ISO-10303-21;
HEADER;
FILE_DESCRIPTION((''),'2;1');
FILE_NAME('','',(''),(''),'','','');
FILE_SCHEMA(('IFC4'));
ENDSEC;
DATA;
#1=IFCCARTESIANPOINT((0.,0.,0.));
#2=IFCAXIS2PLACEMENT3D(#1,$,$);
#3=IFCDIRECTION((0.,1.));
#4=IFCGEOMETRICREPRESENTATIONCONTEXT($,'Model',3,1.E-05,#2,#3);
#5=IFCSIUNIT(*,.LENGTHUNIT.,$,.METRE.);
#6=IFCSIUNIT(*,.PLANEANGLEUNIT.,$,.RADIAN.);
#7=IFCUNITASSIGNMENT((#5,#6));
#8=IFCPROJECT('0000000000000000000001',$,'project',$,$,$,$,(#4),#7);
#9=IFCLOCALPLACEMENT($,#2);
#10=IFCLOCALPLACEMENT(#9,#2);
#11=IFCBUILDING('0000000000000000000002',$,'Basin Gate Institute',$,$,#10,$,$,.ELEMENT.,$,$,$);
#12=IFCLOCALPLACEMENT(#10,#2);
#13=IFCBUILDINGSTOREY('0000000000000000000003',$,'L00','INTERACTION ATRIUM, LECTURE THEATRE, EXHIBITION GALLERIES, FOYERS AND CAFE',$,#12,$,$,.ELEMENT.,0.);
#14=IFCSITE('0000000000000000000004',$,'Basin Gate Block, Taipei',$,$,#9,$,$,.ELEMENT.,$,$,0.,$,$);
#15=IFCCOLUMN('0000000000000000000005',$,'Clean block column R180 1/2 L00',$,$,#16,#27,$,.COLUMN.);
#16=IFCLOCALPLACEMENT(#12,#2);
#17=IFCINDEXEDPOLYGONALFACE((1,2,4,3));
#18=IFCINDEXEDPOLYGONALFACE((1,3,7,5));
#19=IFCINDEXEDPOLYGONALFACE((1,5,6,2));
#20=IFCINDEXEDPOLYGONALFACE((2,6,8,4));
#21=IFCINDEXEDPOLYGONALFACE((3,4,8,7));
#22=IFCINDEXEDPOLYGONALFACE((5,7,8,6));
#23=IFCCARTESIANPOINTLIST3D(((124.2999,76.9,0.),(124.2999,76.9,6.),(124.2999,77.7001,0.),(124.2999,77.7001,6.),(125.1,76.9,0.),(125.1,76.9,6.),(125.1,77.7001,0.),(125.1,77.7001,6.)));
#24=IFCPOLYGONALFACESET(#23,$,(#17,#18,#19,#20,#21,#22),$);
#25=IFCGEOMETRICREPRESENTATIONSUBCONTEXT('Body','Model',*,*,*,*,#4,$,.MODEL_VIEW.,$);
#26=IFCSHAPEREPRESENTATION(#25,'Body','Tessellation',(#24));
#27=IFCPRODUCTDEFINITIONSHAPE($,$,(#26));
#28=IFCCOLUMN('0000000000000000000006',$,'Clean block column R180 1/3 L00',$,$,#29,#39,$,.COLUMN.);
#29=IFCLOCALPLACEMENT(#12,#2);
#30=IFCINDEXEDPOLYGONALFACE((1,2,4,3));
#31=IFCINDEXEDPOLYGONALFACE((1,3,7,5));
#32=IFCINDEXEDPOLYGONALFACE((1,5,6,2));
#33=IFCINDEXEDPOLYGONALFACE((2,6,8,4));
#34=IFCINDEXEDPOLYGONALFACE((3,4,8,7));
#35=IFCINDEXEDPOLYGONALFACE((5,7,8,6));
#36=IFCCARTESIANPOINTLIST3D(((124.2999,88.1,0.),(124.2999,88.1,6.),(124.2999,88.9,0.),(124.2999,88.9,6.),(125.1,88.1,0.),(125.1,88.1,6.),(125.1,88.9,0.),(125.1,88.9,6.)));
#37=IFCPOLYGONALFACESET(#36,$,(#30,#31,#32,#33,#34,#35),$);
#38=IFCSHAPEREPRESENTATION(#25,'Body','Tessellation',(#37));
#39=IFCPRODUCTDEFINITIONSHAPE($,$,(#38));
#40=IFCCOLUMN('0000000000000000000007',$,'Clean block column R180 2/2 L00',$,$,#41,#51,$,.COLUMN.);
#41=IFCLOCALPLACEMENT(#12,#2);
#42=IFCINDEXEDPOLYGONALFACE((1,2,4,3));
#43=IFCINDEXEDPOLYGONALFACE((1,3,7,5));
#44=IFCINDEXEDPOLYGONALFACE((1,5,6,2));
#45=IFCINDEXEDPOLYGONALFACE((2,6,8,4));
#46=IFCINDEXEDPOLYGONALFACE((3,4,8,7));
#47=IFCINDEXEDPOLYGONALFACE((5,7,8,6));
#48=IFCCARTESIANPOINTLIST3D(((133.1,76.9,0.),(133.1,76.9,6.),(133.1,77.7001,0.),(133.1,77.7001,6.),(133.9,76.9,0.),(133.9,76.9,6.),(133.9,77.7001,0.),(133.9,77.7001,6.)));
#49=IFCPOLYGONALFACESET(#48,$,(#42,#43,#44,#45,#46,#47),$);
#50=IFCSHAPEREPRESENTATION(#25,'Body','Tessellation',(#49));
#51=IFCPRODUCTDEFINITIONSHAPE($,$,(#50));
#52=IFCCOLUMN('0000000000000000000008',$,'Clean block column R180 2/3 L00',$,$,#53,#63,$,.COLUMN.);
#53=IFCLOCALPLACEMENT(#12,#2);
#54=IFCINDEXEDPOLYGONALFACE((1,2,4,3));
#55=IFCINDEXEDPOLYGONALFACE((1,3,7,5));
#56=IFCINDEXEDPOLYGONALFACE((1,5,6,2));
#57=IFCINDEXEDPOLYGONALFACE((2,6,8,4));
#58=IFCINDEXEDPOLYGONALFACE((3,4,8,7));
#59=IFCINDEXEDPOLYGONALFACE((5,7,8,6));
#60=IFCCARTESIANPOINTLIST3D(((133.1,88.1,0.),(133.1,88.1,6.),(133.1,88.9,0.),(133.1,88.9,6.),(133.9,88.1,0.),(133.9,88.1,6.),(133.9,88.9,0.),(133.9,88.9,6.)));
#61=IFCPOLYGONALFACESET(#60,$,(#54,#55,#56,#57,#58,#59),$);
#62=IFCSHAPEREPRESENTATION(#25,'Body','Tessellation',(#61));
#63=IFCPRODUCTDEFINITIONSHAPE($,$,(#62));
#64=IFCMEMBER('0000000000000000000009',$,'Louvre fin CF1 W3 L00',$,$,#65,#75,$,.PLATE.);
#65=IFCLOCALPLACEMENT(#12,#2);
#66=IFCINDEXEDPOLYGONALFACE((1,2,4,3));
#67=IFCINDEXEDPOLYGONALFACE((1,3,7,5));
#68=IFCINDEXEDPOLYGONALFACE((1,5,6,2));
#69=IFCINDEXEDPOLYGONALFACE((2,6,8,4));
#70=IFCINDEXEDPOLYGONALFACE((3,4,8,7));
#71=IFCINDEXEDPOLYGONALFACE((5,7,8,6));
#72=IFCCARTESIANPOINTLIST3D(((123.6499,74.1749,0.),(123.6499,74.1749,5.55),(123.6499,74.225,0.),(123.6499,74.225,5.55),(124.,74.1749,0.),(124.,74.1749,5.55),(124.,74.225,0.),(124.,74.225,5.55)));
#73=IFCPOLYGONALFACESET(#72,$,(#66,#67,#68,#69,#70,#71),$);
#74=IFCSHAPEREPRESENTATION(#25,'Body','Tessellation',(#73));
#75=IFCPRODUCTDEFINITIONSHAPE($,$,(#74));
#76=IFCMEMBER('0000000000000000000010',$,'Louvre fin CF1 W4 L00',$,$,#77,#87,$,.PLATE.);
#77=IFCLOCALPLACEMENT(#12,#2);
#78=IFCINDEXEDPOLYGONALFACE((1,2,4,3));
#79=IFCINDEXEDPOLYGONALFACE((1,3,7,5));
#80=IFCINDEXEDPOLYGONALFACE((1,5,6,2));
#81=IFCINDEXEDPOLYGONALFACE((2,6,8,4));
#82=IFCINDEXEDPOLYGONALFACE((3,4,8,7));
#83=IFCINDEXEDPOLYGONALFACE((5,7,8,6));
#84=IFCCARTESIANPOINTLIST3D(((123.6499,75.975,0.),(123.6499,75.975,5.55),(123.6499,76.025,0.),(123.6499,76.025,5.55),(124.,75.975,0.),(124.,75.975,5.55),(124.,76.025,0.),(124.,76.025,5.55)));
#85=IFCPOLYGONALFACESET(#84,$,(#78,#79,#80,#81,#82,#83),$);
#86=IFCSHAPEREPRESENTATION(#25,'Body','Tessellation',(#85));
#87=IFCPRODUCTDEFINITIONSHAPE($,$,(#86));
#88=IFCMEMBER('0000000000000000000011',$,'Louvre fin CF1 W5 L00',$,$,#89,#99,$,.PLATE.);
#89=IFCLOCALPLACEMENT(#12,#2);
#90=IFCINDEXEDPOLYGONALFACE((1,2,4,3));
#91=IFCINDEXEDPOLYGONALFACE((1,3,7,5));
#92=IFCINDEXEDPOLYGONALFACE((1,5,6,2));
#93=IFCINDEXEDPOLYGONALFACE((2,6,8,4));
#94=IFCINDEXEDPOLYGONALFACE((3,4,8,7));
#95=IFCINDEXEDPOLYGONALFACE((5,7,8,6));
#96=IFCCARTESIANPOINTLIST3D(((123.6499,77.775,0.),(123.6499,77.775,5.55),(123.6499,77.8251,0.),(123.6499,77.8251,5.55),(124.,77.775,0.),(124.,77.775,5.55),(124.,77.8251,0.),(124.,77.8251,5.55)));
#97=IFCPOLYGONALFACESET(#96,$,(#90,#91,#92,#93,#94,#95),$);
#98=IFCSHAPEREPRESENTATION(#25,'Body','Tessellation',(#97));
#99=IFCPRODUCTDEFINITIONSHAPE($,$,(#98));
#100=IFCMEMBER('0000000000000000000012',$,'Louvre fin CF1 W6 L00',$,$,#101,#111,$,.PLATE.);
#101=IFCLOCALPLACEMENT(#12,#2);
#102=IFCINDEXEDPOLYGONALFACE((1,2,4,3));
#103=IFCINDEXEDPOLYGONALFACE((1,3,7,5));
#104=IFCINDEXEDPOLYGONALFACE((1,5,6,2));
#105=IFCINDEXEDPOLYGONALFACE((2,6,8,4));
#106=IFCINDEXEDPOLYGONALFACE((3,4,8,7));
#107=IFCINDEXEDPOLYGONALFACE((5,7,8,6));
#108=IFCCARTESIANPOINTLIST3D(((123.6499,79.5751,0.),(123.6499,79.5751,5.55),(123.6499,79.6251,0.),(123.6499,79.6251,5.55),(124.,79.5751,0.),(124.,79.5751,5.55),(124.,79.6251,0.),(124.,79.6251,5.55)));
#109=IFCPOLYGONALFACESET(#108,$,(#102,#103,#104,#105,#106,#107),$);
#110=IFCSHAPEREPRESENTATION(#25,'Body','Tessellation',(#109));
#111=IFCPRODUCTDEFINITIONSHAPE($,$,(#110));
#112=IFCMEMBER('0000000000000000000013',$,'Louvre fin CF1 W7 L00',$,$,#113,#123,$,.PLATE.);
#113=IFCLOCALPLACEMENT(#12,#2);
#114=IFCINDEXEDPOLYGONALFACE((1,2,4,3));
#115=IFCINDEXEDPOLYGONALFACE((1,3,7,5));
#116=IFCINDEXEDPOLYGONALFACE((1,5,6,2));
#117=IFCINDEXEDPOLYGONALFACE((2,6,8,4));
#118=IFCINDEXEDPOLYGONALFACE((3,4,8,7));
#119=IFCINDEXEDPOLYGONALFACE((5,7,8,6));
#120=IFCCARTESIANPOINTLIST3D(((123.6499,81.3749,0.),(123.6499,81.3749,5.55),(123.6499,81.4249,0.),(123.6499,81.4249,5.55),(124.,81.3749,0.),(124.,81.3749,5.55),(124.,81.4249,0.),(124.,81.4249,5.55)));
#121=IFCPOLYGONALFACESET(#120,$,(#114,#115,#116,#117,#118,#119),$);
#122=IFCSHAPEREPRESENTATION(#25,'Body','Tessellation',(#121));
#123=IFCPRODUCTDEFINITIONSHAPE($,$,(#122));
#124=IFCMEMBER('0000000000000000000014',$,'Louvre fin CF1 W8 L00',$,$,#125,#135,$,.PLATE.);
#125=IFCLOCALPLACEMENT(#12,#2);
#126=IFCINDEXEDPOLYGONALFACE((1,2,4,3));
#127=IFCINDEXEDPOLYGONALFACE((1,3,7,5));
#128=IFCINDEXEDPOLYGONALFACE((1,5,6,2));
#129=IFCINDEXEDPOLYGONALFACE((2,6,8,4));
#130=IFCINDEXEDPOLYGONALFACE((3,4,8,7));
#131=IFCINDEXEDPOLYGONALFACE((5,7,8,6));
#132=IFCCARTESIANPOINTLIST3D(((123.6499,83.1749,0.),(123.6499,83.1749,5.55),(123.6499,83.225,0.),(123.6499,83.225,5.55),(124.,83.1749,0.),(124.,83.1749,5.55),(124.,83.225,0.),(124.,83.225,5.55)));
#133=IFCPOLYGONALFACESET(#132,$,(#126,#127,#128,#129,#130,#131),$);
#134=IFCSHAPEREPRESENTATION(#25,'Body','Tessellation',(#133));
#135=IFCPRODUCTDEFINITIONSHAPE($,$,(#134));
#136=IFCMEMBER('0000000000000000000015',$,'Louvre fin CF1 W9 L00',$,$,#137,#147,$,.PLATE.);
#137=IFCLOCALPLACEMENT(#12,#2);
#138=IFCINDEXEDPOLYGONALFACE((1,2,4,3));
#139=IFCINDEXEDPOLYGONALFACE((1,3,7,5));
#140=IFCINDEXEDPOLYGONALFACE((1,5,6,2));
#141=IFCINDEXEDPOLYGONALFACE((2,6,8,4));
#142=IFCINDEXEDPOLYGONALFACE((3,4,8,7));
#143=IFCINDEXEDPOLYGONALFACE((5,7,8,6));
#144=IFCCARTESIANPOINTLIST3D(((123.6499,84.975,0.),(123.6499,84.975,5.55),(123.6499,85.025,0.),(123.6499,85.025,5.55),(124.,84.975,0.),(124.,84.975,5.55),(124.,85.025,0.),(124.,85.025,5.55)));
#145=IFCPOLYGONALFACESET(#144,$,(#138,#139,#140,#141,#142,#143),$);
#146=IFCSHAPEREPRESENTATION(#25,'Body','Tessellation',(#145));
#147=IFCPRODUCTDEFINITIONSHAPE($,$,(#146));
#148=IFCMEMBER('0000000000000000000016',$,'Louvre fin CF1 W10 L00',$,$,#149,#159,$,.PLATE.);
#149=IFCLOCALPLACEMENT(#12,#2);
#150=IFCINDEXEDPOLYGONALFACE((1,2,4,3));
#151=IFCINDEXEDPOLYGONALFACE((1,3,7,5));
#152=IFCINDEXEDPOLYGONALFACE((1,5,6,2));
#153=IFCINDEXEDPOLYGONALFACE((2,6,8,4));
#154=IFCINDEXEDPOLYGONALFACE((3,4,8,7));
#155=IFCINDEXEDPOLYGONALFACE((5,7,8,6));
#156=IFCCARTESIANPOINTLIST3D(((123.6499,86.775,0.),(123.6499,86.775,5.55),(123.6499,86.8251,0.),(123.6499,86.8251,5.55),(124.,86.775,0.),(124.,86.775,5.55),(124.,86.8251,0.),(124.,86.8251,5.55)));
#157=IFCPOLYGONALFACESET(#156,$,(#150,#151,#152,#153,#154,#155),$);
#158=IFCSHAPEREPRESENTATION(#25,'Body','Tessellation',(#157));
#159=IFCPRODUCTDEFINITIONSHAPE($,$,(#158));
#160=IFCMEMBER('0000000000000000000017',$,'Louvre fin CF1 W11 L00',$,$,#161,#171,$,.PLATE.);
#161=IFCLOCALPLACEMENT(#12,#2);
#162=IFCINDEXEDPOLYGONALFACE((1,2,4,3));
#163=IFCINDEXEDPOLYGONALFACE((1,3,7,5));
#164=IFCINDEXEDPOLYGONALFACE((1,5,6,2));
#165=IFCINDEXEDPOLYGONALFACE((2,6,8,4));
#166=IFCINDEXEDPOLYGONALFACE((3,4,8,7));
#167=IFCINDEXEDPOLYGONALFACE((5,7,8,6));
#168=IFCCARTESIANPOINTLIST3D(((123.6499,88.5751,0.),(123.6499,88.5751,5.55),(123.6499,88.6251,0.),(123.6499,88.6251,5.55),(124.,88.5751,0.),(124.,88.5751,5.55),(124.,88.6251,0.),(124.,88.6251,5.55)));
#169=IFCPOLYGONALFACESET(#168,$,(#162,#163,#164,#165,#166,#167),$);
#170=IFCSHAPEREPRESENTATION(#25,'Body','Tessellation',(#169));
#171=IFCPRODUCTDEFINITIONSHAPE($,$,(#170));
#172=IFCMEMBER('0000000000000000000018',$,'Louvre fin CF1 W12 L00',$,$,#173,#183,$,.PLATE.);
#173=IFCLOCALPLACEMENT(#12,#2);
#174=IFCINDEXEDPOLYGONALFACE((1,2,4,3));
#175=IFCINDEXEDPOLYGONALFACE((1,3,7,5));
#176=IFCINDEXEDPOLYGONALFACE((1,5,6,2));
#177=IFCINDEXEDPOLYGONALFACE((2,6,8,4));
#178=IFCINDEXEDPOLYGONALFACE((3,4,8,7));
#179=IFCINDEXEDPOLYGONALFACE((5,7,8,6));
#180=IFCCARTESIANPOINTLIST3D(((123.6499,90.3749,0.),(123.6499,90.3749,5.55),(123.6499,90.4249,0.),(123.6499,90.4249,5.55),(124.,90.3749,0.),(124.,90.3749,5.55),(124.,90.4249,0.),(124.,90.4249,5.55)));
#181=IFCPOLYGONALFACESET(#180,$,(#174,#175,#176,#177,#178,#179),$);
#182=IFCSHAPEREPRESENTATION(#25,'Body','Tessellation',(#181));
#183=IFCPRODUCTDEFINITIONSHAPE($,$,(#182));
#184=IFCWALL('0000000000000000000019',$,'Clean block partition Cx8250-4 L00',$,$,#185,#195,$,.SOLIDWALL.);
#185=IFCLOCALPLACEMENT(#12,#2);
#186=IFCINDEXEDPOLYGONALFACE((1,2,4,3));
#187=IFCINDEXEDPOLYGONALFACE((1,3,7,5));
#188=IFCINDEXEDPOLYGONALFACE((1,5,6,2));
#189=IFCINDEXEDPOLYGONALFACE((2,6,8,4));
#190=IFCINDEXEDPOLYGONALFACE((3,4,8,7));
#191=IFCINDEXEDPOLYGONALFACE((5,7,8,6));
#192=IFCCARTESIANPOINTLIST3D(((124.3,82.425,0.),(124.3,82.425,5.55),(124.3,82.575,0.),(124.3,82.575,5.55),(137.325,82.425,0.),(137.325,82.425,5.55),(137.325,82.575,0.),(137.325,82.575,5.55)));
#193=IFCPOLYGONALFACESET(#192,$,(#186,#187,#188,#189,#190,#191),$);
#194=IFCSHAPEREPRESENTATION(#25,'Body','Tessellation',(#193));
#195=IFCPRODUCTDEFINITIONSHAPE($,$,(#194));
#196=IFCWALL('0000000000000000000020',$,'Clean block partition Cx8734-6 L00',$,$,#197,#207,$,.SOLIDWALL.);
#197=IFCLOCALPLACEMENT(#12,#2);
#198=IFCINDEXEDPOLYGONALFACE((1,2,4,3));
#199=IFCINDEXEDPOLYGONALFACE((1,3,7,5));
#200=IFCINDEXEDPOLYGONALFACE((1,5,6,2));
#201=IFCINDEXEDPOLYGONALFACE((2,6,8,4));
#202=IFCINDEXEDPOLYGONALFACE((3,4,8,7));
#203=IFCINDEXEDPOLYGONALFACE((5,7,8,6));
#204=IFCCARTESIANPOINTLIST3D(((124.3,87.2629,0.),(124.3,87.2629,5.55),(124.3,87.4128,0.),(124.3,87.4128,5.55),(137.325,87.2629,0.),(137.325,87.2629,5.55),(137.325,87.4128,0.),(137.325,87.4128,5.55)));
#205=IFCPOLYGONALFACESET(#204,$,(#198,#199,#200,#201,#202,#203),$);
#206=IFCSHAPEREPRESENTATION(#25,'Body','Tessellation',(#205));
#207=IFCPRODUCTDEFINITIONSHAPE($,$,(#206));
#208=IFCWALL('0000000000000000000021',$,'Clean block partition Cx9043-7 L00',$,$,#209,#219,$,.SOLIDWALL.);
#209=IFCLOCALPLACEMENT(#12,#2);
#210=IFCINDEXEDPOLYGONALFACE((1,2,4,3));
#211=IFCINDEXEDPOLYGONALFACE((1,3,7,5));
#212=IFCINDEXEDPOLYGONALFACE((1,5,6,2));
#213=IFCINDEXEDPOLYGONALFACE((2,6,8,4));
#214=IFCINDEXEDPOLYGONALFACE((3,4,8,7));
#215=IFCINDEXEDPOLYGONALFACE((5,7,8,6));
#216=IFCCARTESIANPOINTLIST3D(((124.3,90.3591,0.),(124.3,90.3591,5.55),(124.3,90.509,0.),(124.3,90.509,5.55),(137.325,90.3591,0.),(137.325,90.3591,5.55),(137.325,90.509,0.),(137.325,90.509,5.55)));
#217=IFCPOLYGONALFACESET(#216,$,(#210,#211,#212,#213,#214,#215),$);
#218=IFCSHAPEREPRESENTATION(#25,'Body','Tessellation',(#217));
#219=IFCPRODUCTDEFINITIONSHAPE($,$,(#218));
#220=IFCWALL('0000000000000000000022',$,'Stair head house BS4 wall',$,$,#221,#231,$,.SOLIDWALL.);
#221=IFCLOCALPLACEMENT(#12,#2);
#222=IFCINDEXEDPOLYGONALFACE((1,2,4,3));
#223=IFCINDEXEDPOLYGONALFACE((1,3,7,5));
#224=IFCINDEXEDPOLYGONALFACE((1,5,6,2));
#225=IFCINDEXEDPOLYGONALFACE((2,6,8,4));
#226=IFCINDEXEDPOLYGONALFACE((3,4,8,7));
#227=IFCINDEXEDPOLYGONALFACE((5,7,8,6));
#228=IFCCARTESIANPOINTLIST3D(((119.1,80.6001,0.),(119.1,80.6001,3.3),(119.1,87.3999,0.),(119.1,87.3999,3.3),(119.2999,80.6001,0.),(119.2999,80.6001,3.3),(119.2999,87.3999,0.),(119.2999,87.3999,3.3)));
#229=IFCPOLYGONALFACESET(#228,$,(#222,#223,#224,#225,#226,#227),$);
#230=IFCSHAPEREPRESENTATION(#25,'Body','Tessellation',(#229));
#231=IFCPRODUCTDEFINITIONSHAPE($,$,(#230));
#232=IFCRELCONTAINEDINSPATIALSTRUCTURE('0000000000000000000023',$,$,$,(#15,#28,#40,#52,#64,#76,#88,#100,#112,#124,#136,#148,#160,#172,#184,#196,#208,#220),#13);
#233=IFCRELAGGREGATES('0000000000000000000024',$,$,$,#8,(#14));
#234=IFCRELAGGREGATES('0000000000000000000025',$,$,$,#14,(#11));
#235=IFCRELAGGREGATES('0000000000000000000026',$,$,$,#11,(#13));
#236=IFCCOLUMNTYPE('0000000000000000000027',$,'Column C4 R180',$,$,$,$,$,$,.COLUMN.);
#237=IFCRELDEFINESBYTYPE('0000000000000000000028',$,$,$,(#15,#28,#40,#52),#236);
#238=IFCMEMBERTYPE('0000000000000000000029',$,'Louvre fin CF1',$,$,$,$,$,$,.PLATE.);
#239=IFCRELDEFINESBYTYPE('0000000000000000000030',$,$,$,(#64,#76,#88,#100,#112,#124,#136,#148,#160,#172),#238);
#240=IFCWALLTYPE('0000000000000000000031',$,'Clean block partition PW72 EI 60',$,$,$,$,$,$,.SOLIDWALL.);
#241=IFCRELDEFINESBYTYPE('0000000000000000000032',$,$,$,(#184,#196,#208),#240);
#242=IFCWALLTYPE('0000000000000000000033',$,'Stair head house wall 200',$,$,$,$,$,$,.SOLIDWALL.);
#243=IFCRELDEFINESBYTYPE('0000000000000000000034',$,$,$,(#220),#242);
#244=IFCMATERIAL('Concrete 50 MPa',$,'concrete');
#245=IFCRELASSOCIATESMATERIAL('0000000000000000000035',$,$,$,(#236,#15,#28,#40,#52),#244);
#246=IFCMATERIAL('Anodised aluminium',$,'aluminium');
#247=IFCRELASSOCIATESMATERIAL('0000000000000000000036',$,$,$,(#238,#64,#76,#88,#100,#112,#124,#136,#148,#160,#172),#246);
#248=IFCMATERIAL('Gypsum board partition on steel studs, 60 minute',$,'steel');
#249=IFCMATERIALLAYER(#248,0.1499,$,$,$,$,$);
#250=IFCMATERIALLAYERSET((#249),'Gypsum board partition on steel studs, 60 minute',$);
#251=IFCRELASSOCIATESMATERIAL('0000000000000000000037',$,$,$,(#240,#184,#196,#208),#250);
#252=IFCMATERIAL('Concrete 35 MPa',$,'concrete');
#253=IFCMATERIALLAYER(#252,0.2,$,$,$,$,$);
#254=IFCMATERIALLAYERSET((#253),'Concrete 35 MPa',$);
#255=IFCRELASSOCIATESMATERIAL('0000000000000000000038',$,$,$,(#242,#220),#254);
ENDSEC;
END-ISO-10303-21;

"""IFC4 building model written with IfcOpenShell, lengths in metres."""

from ifc_helpers import new_model, si_unit, direction, frame, frame_2d, origin, origin_2d, place, context, subcontext, project, spatial, rectangle, extrude, material, layer, layer_set, material_profile, profile_set, type_object, element, save


model = new_model("IFC4")

# Units and contexts
model_context = context("Model", 3, precision=1e-05, world=origin(), true_north=direction((0.0, 1.0)))
body_context = subcontext(model_context, "Body", "Model", "MODEL_VIEW")
ifc_project = project(units=[si_unit("LENGTHUNIT", "METRE"), si_unit("PLANEANGLEUNIT", "RADIAN")], contexts=[model_context])

# Site, building, storey
site_placement = place(None, origin())
site = spatial("IfcSite", under=ifc_project, at=site_placement, Name="Basin Gate Block, Taipei", CompositionType="ELEMENT", RefElevation=0.0)
building_placement = place(site_placement, origin())
building = spatial("IfcBuilding", under=site, at=building_placement, Name="Basin Gate Institute", CompositionType="ELEMENT")
storey_placement = place(building_placement, origin())
storey = spatial("IfcBuildingStorey", under=building, at=storey_placement, Name="L00", Description="INTERACTION ATRIUM, LECTURE THEATRE, EXHIBITION GALLERIES, FOYERS AND CAFE", CompositionType="ELEMENT", Elevation=0.0)

# Columns
ifc_material_1 = material(Name="Concrete 50 MPa", Category="concrete")
ifc_material_profile_1 = material_profile(ifc_material_1, rectangle(XDim=0.8, YDim=0.8, at=origin_2d()), Name="Column C4 800 x 800")
ifc_profile_set_1 = profile_set([ifc_material_profile_1], Name="Concrete 50 MPa")
column_type = type_object("IfcColumnType", Name="Column C4 R180", PredefinedType="COLUMN", material=ifc_profile_set_1)
for number, where, z_axis, x_axis, name in (
    (1, (124.7, 77.3, 0.0), (0.0, 0.0, 1.0), (1.0, 0.0, 0.0), "Clean block column R180 1/2 L00"),
    (2, (124.7, 88.5, 0.0), (0.0, 0.0, 1.0), (1.0, 0.0, 0.0), "Clean block column R180 1/3 L00"),
    (3, (133.5, 77.3, 0.0), (0.0, 0.0, 1.0), (1.0, 0.0, 0.0), "Clean block column R180 2/2 L00"),
    (4, (133.5, 88.5, 0.0), (0.0, 0.0, 1.0), (1.0, 0.0, 0.0), "Clean block column R180 2/3 L00"),
):
    element("IfcColumn", number, at=place(storey_placement, frame(where, z_axis=z_axis, x_axis=x_axis)), inside=storey, type_object=column_type, material=ifc_profile_set_1, Name=name, PredefinedType="COLUMN", context=body_context, shape_type="SweptSolid", body=[
        extrude(rectangle(XDim=0.8, YDim=0.8, at=origin_2d()), origin(), (0.0, 0.0, 1.0), 6.0),
    ])

# Members
ifc_material_2 = material(Name="Anodised aluminium", Category="aluminium")
ifc_material_profile_2 = material_profile(ifc_material_2, rectangle(XDim=0.05, YDim=0.3501, at=origin_2d()), Name="Louvre fin CF1 50 x 350")
ifc_profile_set_2 = profile_set([ifc_material_profile_2], Name="Anodised aluminium")
member_type = type_object("IfcMemberType", Name="Louvre fin CF1", PredefinedType="PLATE", material=ifc_profile_set_2)
for number, where, z_axis, x_axis, name in (
    (5, (123.825, 74.2, 0.0), (0.0, 0.0, 1.0), (0.0, 1.0, 0.0), "Louvre fin CF1 W3 L00"),
    (6, (123.825, 76.0, 0.0), (0.0, 0.0, 1.0), (0.0, 1.0, 0.0), "Louvre fin CF1 W4 L00"),
    (7, (123.825, 77.8, 0.0), (0.0, 0.0, 1.0), (0.0, 1.0, 0.0), "Louvre fin CF1 W5 L00"),
    (8, (123.825, 79.6001, 0.0), (0.0, 0.0, 1.0), (0.0, 1.0, 0.0), "Louvre fin CF1 W6 L00"),
    (9, (123.825, 81.3999, 0.0), (0.0, 0.0, 1.0), (0.0, 1.0, 0.0), "Louvre fin CF1 W7 L00"),
    (10, (123.825, 83.2, 0.0), (0.0, 0.0, 1.0), (0.0, 1.0, 0.0), "Louvre fin CF1 W8 L00"),
    (11, (123.825, 85.0, 0.0), (0.0, 0.0, 1.0), (0.0, 1.0, 0.0), "Louvre fin CF1 W9 L00"),
    (12, (123.825, 86.8, 0.0), (0.0, 0.0, 1.0), (0.0, 1.0, 0.0), "Louvre fin CF1 W10 L00"),
    (13, (123.825, 88.6001, 0.0), (0.0, 0.0, 1.0), (0.0, 1.0, 0.0), "Louvre fin CF1 W11 L00"),
    (14, (123.825, 90.3999, 0.0), (0.0, 0.0, 1.0), (0.0, 1.0, 0.0), "Louvre fin CF1 W12 L00"),
):
    element("IfcMember", number, at=place(storey_placement, frame(where, z_axis=z_axis, x_axis=x_axis)), inside=storey, type_object=member_type, material=ifc_profile_set_2, Name=name, PredefinedType="PLATE", context=body_context, shape_type="SweptSolid", body=[
        extrude(rectangle(XDim=0.05, YDim=0.3501, at=origin_2d()), origin(), (0.0, 0.0, 1.0), 5.55),
    ])

# Walls
ifc_material_3 = material(Name="Gypsum board partition on steel studs, 60 minute", Category="steel")
ifc_layer_1 = layer(ifc_material_3, 0.1499)
ifc_layer_set_1 = layer_set([ifc_layer_1], Name="Gypsum board partition on steel studs, 60 minute")
wall_type_1 = type_object("IfcWallType", Name="Clean block partition PW72 EI 60", PredefinedType="SOLIDWALL", material=ifc_layer_set_1)
for number, where, z_axis, x_axis, name in (
    (15, (124.3, 82.5, 0.0), (0.0, 0.0, 1.0), (1.0, 0.0, 0.0), "Clean block partition Cx8250-4 L00"),
    (16, (124.3, 87.3379, 0.0), (0.0, 0.0, 1.0), (1.0, 0.0, 0.0), "Clean block partition Cx8734-6 L00"),
    (17, (124.3, 90.4341, 0.0), (0.0, 0.0, 1.0), (1.0, 0.0, 0.0), "Clean block partition Cx9043-7 L00"),
):
    element("IfcWall", number, at=place(storey_placement, frame(where, z_axis=z_axis, x_axis=x_axis)), inside=storey, type_object=wall_type_1, material=ifc_layer_set_1, Name=name, PredefinedType="SOLIDWALL", context=body_context, shape_type="SweptSolid", body=[
        extrude(rectangle(XDim=13.0249, YDim=0.1499, at=frame_2d((6.5125, 0.0))), origin(), (0.0, 0.0, 1.0), 5.55),
    ])
ifc_material_4 = material(Name="Concrete 35 MPa", Category="concrete")
ifc_layer_2 = layer(ifc_material_4, 0.2)
ifc_layer_set_2 = layer_set([ifc_layer_2], Name="Concrete 35 MPa")
wall_type_2 = type_object("IfcWallType", Name="Stair head house wall 200", PredefinedType="SOLIDWALL", material=ifc_layer_set_2)
for number, where, z_axis, x_axis, name in (
    (18, (119.2, 80.6001, 0.0), (0.0, 0.0, 1.0), (0.0, 1.0, 0.0), "Stair head house BS4 wall"),
):
    element("IfcWall", number, at=place(storey_placement, frame(where, z_axis=z_axis, x_axis=x_axis)), inside=storey, type_object=wall_type_2, material=ifc_layer_set_2, Name=name, PredefinedType="SOLIDWALL", context=body_context, shape_type="SweptSolid", body=[
        extrude(rectangle(XDim=6.7998, YDim=0.2, at=frame_2d((3.3999, 0.0))), origin(), (0.0, 0.0, 1.0), 3.3),
    ])

save(model, "model.ifc")
